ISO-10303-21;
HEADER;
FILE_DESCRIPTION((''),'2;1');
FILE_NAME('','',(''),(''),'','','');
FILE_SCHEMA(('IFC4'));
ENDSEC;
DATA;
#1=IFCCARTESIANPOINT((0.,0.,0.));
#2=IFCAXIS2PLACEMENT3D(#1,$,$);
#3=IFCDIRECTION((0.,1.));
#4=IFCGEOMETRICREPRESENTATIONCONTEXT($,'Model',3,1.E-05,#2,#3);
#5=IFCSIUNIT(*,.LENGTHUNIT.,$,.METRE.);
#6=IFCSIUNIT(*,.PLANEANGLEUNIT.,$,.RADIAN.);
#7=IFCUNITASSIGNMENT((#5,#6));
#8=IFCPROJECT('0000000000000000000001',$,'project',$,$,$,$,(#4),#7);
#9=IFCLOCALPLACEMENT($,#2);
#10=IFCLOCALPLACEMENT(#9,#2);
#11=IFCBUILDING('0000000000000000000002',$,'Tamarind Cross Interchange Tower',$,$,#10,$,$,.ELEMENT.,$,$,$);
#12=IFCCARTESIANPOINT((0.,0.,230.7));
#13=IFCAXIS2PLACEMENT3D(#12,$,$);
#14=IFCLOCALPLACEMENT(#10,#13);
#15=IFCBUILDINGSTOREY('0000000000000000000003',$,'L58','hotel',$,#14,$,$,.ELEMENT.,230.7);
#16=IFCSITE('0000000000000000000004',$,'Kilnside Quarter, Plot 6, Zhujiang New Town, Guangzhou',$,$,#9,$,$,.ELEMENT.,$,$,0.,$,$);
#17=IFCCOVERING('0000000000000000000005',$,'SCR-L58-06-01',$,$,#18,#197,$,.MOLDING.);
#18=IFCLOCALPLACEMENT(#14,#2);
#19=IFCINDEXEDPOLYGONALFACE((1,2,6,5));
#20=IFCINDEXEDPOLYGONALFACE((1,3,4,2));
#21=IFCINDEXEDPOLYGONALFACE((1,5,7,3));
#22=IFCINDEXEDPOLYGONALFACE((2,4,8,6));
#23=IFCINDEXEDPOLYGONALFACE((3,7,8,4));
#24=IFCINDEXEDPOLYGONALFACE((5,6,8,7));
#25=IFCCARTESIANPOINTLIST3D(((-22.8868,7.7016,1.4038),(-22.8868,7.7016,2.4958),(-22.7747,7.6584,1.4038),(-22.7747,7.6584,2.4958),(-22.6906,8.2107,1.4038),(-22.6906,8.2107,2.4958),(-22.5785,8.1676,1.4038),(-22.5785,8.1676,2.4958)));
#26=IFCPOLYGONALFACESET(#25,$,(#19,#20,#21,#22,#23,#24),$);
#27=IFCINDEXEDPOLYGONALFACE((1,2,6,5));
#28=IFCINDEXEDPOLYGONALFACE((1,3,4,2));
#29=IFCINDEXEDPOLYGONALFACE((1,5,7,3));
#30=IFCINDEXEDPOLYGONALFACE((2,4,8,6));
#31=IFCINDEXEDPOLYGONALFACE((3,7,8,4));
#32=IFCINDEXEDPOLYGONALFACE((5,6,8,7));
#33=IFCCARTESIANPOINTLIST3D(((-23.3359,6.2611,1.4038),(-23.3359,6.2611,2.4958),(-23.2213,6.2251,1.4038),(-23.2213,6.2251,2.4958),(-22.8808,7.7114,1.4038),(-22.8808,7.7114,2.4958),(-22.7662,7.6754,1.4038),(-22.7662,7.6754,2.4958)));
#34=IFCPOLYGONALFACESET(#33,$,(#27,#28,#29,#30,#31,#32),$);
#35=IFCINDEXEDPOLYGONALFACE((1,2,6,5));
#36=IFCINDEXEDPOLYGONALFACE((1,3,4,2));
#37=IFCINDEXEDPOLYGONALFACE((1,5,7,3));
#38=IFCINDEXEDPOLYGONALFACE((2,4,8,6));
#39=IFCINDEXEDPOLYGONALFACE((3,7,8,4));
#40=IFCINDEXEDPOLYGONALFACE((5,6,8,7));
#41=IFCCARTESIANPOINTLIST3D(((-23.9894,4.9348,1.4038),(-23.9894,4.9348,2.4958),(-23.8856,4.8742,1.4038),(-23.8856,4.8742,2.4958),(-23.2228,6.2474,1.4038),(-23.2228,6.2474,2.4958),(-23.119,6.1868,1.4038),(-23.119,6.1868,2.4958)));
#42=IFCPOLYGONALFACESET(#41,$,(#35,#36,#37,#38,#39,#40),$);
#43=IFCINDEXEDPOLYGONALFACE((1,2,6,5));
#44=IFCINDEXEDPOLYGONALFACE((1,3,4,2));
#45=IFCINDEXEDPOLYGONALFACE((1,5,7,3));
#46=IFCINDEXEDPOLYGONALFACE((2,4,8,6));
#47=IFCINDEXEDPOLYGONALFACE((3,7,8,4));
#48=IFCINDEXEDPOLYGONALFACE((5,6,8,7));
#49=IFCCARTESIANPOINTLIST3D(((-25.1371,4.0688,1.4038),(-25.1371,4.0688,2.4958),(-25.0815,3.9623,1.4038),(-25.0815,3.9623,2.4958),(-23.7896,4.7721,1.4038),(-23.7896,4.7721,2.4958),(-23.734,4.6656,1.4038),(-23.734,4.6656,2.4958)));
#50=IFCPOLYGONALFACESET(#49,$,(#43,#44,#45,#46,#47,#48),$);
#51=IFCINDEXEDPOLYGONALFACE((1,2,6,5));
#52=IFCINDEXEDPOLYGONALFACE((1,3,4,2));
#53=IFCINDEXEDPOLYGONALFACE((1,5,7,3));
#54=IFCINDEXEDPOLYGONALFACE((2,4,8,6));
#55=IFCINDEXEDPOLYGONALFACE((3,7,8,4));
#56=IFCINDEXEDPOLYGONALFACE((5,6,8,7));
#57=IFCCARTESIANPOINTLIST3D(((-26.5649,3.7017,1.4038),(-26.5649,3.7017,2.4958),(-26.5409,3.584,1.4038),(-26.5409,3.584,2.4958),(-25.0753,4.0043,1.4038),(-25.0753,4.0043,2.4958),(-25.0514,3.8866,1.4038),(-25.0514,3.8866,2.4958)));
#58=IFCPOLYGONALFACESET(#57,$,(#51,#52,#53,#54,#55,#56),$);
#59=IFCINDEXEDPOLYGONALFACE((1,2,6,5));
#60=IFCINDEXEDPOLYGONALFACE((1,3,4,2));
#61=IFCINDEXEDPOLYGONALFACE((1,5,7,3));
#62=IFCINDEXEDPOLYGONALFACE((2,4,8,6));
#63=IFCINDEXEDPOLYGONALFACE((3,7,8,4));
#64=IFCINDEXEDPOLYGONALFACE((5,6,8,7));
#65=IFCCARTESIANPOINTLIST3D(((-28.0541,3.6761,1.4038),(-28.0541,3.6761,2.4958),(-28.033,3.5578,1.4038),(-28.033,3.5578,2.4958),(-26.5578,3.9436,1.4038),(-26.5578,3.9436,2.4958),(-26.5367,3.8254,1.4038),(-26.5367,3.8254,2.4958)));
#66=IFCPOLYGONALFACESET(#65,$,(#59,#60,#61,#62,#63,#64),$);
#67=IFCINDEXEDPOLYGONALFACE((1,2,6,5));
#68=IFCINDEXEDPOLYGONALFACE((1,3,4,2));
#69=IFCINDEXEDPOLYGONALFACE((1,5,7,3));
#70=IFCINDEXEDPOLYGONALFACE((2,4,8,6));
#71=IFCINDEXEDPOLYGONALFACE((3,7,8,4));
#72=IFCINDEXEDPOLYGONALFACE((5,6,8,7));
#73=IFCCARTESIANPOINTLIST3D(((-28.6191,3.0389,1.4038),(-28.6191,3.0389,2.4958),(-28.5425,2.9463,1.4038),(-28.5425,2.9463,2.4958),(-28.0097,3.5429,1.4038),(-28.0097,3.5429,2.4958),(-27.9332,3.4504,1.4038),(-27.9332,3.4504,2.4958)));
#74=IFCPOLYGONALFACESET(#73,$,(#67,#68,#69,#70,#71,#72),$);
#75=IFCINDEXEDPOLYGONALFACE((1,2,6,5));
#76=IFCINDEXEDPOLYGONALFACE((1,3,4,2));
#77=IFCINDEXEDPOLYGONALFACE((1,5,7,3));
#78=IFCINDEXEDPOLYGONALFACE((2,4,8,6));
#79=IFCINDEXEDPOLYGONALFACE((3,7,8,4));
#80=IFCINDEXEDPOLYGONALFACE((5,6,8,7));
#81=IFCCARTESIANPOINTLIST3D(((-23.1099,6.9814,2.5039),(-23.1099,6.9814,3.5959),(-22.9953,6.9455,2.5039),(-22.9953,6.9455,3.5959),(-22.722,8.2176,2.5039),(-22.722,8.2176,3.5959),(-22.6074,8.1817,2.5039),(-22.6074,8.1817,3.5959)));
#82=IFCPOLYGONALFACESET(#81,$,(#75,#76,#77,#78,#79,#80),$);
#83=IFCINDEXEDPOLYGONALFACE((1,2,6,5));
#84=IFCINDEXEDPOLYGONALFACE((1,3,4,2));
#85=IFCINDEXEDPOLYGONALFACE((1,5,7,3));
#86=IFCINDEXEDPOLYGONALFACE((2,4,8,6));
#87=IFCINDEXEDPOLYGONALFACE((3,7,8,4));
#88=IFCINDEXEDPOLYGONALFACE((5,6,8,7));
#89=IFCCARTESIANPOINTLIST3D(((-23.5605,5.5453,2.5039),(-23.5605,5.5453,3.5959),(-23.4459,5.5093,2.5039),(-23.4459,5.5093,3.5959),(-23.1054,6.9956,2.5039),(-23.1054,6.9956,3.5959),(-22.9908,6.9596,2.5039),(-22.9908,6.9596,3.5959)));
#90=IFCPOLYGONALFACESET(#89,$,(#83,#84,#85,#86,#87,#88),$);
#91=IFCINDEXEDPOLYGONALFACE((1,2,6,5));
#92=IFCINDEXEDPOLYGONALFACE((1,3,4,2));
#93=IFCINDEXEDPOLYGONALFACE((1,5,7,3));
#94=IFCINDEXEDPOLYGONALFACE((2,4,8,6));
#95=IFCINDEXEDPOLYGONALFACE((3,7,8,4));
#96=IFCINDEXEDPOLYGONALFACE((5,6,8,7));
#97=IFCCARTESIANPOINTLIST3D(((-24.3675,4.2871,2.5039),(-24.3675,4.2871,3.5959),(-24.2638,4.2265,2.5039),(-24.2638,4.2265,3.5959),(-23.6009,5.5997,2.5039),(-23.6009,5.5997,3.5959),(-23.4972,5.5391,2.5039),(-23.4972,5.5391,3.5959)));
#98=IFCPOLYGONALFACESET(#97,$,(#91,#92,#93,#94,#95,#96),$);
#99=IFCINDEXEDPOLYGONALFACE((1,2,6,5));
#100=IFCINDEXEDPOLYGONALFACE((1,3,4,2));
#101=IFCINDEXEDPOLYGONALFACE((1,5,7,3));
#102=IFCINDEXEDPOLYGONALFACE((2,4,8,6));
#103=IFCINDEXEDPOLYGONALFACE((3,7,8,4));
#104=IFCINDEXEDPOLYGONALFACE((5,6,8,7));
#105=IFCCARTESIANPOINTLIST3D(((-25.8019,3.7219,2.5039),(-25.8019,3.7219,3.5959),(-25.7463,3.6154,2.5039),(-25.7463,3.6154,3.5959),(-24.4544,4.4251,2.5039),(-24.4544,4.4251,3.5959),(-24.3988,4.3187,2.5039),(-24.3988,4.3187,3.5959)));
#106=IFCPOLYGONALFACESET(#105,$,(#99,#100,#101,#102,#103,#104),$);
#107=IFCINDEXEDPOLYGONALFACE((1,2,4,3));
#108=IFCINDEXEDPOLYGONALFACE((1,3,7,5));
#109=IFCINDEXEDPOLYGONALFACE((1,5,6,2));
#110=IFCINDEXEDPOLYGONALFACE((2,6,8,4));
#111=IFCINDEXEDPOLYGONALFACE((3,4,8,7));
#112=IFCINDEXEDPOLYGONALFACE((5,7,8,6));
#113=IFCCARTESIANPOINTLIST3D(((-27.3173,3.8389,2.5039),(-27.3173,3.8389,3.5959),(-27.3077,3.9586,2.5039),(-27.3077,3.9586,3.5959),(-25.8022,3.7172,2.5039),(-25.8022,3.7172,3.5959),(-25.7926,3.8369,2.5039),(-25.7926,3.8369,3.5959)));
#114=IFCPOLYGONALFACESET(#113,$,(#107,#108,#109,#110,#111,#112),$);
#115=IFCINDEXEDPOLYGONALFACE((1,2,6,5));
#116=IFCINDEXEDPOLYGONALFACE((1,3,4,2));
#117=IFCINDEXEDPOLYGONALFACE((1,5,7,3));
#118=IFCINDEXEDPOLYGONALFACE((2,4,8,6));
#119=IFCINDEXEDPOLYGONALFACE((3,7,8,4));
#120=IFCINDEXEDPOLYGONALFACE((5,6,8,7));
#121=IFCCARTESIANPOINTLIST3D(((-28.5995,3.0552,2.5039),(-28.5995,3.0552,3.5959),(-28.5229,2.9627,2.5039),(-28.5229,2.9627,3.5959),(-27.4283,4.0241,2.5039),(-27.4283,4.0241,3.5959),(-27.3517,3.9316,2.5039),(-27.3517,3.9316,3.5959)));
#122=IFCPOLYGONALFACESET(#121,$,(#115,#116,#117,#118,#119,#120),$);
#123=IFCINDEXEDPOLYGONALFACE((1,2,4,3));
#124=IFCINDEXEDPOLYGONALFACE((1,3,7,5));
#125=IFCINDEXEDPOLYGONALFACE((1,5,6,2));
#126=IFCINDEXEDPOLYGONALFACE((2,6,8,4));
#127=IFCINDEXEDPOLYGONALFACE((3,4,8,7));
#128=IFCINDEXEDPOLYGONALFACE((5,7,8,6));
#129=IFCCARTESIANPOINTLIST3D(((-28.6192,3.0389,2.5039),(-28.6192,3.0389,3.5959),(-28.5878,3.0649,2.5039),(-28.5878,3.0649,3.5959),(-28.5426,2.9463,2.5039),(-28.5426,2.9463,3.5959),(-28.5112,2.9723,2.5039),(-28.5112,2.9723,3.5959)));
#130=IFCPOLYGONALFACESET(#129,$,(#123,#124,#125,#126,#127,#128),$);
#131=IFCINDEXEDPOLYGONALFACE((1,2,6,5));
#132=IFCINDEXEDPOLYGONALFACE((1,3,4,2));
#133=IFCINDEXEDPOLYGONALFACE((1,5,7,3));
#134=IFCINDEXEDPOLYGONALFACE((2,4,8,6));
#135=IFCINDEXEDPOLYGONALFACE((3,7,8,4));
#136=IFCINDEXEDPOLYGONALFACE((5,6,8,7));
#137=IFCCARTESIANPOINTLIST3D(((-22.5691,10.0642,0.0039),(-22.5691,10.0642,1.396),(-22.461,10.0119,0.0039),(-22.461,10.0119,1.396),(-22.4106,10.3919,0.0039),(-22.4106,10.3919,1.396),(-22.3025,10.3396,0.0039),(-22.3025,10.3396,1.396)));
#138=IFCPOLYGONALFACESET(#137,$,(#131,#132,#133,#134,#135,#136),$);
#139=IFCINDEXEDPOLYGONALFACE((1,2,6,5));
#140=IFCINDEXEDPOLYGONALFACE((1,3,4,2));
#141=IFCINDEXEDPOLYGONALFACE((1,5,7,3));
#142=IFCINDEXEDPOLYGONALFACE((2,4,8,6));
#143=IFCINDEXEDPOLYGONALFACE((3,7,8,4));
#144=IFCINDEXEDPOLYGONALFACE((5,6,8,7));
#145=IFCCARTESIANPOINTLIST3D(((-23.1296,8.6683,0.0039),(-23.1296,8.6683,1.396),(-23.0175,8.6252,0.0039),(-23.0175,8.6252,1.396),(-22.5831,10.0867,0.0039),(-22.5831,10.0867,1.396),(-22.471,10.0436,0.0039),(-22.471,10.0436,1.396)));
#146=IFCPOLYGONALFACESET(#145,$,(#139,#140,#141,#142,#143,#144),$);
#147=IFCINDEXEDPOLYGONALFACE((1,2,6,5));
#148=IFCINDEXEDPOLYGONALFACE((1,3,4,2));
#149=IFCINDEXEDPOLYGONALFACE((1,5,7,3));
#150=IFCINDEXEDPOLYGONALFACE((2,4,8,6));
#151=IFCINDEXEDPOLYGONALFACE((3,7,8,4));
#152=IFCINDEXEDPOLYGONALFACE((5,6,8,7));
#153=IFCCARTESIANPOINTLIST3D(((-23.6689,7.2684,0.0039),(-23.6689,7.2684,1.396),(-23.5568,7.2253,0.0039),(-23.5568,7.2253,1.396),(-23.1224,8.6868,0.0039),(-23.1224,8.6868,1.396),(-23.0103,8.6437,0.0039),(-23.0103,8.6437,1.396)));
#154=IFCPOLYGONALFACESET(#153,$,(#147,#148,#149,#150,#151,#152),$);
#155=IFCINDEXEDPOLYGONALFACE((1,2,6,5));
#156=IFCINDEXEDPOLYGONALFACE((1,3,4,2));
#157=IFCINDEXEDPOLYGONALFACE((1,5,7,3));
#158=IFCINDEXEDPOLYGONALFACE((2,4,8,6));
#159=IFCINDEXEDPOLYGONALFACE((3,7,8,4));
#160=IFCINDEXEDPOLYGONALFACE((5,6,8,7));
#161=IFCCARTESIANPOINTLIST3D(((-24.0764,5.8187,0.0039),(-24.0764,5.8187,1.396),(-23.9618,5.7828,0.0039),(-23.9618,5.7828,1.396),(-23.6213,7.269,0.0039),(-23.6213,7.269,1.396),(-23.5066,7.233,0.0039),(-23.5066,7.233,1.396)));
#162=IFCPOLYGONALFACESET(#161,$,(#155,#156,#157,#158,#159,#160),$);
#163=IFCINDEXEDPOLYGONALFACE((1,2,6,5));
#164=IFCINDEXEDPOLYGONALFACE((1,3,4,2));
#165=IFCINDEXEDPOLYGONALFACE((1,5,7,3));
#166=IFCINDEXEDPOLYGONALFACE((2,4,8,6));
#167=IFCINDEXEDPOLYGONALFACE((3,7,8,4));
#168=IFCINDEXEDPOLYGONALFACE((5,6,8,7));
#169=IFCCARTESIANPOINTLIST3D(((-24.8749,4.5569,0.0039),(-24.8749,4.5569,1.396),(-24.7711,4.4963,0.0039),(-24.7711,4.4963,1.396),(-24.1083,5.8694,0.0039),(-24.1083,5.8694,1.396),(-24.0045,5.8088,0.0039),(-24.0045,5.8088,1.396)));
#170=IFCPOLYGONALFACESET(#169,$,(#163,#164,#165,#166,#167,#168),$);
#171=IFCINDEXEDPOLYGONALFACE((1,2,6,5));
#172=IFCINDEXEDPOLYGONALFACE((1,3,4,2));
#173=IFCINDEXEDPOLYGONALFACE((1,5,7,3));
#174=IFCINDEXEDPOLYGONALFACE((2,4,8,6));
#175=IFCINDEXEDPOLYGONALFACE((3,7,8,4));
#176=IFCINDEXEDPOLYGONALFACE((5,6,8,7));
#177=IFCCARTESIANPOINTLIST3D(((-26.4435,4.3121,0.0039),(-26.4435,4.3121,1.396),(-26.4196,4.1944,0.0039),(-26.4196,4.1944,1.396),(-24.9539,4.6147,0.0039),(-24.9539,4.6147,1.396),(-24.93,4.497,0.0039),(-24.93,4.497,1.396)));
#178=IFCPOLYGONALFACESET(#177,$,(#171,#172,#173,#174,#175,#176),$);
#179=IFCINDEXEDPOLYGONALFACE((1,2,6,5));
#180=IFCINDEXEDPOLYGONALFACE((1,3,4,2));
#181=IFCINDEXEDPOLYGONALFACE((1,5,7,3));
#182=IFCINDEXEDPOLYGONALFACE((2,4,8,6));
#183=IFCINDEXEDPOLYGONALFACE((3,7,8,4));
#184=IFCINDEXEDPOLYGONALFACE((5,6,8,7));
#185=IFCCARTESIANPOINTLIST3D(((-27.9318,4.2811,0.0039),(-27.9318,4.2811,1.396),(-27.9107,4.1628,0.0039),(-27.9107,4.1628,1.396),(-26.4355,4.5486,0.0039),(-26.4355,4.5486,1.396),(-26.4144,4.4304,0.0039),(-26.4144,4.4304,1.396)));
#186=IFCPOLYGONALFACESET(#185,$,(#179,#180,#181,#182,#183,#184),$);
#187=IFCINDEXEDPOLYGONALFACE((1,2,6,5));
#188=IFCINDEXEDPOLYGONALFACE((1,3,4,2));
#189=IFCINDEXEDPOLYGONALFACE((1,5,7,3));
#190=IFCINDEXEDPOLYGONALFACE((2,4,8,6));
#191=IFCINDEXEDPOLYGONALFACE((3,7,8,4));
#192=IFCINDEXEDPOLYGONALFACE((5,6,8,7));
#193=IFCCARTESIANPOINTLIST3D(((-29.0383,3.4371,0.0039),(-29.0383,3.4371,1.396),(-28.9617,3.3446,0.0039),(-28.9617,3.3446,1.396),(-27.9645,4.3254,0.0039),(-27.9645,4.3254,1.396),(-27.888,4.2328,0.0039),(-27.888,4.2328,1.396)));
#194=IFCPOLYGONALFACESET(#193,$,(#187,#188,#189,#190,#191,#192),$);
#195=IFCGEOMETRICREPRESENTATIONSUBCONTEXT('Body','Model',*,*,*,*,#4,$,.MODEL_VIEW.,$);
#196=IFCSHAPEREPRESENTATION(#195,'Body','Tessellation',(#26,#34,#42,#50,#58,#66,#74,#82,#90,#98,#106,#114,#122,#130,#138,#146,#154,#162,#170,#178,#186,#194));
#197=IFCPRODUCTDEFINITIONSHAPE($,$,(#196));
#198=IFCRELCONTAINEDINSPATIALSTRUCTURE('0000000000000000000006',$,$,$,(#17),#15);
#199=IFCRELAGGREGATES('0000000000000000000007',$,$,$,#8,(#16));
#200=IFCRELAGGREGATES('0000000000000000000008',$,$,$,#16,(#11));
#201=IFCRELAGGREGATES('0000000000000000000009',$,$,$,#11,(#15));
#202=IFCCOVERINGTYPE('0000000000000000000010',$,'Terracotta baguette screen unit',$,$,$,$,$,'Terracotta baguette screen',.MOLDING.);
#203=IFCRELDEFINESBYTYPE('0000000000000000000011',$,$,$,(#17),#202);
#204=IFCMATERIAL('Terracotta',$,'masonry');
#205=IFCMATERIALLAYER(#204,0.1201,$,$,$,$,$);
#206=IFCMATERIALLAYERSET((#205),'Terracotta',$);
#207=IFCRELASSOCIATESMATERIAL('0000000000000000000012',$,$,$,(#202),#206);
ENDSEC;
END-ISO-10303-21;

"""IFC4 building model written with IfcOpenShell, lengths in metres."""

from ifc_helpers import new_model, si_unit, direction, frame, origin, origin_2d, place, context, subcontext, project, spatial, rectangle, extrude, material, layer, layer_set, type_object, element, save


model = new_model("IFC4")

# Units and contexts
model_context = context("Model", 3, precision=1e-05, world=origin(), true_north=direction((0.0, 1.0)))
body_context = subcontext(model_context, "Body", "Model", "MODEL_VIEW")
ifc_project = project(units=[si_unit("LENGTHUNIT", "METRE"), si_unit("PLANEANGLEUNIT", "RADIAN")], contexts=[model_context])

# Site, building, storey
site_placement = place(None, origin())
site = spatial("IfcSite", under=ifc_project, at=site_placement, Name="Kilnside Quarter, Plot 6, Zhujiang New Town, Guangzhou", CompositionType="ELEMENT", RefElevation=0.0)
building_placement = place(site_placement, origin())
building = spatial("IfcBuilding", under=site, at=building_placement, Name="Tamarind Cross Interchange Tower", CompositionType="ELEMENT")
storey_placement = place(building_placement, frame((0.0, 0.0, 230.7)))
storey = spatial("IfcBuildingStorey", under=building, at=storey_placement, Name="L58", Description="hotel", CompositionType="ELEMENT", Elevation=230.7)

# Covering
ifc_material_1 = material(Name="Terracotta", Category="masonry")
ifc_layer_1 = layer(ifc_material_1, 0.1201)
ifc_layer_set_1 = layer_set([ifc_layer_1], Name="Terracotta")
covering_type = type_object("IfcCoveringType", Name="Terracotta baguette screen unit", ElementType="Terracotta baguette screen", PredefinedType="MOLDING", material=ifc_layer_set_1)
covering_1_placement = place(storey_placement, origin())
element("IfcCovering", 1, at=covering_1_placement, inside=storey, type_object=covering_type, Name="SCR-L58-06-01", PredefinedType="MOLDING", context=body_context, shape_type="SweptSolid", body=[
    extrude(rectangle(XDim=0.5457, YDim=0.1201, at=origin_2d()), frame((-22.7327, 7.9346, 1.4038), z_axis=(0.0, 0.0, 1.0), x_axis=(-0.359495, -0.933147, 0.0)), (0.0, 0.0, 1.0), 1.092),
    extrude(rectangle(XDim=1.52, YDim=0.1201, at=origin_2d()), frame((-23.051, 6.9683, 1.4038), z_axis=(0.0, 0.0, 1.0), x_axis=(-0.299407, -0.954125, 0.0)), (0.0, 0.0, 1.0), 1.092),
    extrude(rectangle(XDim=1.52, YDim=0.1201, at=origin_2d()), frame((-23.5542, 5.5608, 1.4038), z_axis=(0.0, 0.0, 1.0), x_axis=(-0.504334, -0.863508, 0.0)), (0.0, 0.0, 1.0), 1.092),
    extrude(rectangle(XDim=1.52, YDim=0.1201, at=origin_2d()), frame((-24.4355, 4.3672, 1.4038), z_axis=(0.0, 0.0, 1.0), x_axis=(-0.886531, -0.46267, 0.0)), (0.0, 0.0, 1.0), 1.092),
    extrude(rectangle(XDim=1.52, YDim=0.1201, at=origin_2d()), frame((-25.8081, 3.7942, 1.4038), z_axis=(0.0, 0.0, 1.0), x_axis=(-0.979984, -0.199075, 0.0)), (0.0, 0.0, 1.0), 1.092),
    extrude(rectangle(XDim=1.52, YDim=0.1201, at=origin_2d()), frame((-27.2954, 3.7507, 1.4038), z_axis=(0.0, 0.0, 1.0), x_axis=(-0.984389, -0.176004, 0.0)), (0.0, 0.0, 1.0), 1.092),
    extrude(rectangle(XDim=0.7908, YDim=0.1201, at=origin_2d()), frame((-28.2761, 3.2446, 1.4038), z_axis=(0.0, 0.0, 1.0), x_axis=(-0.770527, -0.637407, 0.0)), (0.0, 0.0, 1.0), 1.092),
    extrude(rectangle(XDim=1.2957, YDim=0.1201, at=origin_2d()), frame((-22.8586, 7.5815, 2.5039), z_axis=(0.0, 0.0, 1.0), x_axis=(-0.299407, -0.954125, 0.0)), (0.0, 0.0, 1.0), 1.092),
    extrude(rectangle(XDim=1.52, YDim=0.1201, at=origin_2d()), frame((-23.2756, 6.2524, 2.5039), z_axis=(0.0, 0.0, 1.0), x_axis=(-0.299407, -0.954125, 0.0)), (0.0, 0.0, 1.0), 1.092),
    extrude(rectangle(XDim=1.52, YDim=0.1201, at=origin_2d()), frame((-23.9324, 4.9131, 2.5039), z_axis=(0.0, 0.0, 1.0), x_axis=(-0.504334, -0.863508, 0.0)), (0.0, 0.0, 1.0), 1.092),
    extrude(rectangle(XDim=1.52, YDim=0.1201, at=origin_2d()), frame((-25.1003, 4.0203, 2.5039), z_axis=(0.0, 0.0, 1.0), x_axis=(-0.886531, -0.46267, 0.0)), (0.0, 0.0, 1.0), 1.092),
    extrude(rectangle(XDim=1.52, YDim=0.1201, at=origin_2d()), frame((-26.5549, 3.8379, 2.5039), z_axis=(0.0, 0.0, 1.0), x_axis=(-0.996788, 0.08009, 0.0)), (0.0, 0.0, 1.0), 1.092),
    extrude(rectangle(XDim=1.52, YDim=0.1201, at=origin_2d()), frame((-27.9756, 3.4934, 2.5039), z_axis=(0.0, 0.0, 1.0), x_axis=(-0.770527, -0.637407, 0.0)), (0.0, 0.0, 1.0), 1.092),
    extrude(rectangle(XDim=0.0408, YDim=0.1201, at=origin_2d()), frame((-28.5652, 3.0056, 2.5039), z_axis=(0.0, 0.0, 1.0), x_axis=(-0.770527, -0.637407, 0.0)), (0.0, 0.0, 1.0), 1.092),
    extrude(rectangle(XDim=0.364, YDim=0.1201, at=origin_2d()), frame((-22.4358, 10.2019, 0.0039), z_axis=(0.0, 0.0, 1.0), x_axis=(-0.435326, -0.900273, 0.0)), (0.0, 0.0, 1.0), 1.3921),
    extrude(rectangle(XDim=1.52, YDim=0.1201, at=origin_2d()), frame((-22.8003, 9.356, 0.0039), z_axis=(0.0, 0.0, 1.0), x_axis=(-0.359495, -0.933147, 0.0)), (0.0, 0.0, 1.0), 1.3921),
    extrude(rectangle(XDim=1.52, YDim=0.1201, at=origin_2d()), frame((-23.3396, 7.9561, 0.0039), z_axis=(0.0, 0.0, 1.0), x_axis=(-0.359495, -0.933147, 0.0)), (0.0, 0.0, 1.0), 1.3921),
    extrude(rectangle(XDim=1.52, YDim=0.1201, at=origin_2d()), frame((-23.7915, 6.5259, 0.0039), z_axis=(0.0, 0.0, 1.0), x_axis=(-0.299407, -0.954125, 0.0)), (0.0, 0.0, 1.0), 1.3921),
    extrude(rectangle(XDim=1.52, YDim=0.1201, at=origin_2d()), frame((-24.4397, 5.1829, 0.0039), z_axis=(0.0, 0.0, 1.0), x_axis=(-0.504334, -0.863508, 0.0)), (0.0, 0.0, 1.0), 1.3921),
    extrude(rectangle(XDim=1.52, YDim=0.1201, at=origin_2d()), frame((-25.6868, 4.4045, 0.0039), z_axis=(0.0, 0.0, 1.0), x_axis=(-0.979984, -0.199075, 0.0)), (0.0, 0.0, 1.0), 1.3921),
    extrude(rectangle(XDim=1.52, YDim=0.1201, at=origin_2d()), frame((-27.1731, 4.3557, 0.0039), z_axis=(0.0, 0.0, 1.0), x_axis=(-0.984389, -0.176004, 0.0)), (0.0, 0.0, 1.0), 1.3921),
    extrude(rectangle(XDim=1.3936, YDim=0.1201, at=origin_2d()), frame((-28.4631, 3.835, 0.0039), z_axis=(0.0, 0.0, 1.0), x_axis=(-0.770527, -0.637407, 0.0)), (0.0, 0.0, 1.0), 1.3921),
])

save(model, "model.ifc")
